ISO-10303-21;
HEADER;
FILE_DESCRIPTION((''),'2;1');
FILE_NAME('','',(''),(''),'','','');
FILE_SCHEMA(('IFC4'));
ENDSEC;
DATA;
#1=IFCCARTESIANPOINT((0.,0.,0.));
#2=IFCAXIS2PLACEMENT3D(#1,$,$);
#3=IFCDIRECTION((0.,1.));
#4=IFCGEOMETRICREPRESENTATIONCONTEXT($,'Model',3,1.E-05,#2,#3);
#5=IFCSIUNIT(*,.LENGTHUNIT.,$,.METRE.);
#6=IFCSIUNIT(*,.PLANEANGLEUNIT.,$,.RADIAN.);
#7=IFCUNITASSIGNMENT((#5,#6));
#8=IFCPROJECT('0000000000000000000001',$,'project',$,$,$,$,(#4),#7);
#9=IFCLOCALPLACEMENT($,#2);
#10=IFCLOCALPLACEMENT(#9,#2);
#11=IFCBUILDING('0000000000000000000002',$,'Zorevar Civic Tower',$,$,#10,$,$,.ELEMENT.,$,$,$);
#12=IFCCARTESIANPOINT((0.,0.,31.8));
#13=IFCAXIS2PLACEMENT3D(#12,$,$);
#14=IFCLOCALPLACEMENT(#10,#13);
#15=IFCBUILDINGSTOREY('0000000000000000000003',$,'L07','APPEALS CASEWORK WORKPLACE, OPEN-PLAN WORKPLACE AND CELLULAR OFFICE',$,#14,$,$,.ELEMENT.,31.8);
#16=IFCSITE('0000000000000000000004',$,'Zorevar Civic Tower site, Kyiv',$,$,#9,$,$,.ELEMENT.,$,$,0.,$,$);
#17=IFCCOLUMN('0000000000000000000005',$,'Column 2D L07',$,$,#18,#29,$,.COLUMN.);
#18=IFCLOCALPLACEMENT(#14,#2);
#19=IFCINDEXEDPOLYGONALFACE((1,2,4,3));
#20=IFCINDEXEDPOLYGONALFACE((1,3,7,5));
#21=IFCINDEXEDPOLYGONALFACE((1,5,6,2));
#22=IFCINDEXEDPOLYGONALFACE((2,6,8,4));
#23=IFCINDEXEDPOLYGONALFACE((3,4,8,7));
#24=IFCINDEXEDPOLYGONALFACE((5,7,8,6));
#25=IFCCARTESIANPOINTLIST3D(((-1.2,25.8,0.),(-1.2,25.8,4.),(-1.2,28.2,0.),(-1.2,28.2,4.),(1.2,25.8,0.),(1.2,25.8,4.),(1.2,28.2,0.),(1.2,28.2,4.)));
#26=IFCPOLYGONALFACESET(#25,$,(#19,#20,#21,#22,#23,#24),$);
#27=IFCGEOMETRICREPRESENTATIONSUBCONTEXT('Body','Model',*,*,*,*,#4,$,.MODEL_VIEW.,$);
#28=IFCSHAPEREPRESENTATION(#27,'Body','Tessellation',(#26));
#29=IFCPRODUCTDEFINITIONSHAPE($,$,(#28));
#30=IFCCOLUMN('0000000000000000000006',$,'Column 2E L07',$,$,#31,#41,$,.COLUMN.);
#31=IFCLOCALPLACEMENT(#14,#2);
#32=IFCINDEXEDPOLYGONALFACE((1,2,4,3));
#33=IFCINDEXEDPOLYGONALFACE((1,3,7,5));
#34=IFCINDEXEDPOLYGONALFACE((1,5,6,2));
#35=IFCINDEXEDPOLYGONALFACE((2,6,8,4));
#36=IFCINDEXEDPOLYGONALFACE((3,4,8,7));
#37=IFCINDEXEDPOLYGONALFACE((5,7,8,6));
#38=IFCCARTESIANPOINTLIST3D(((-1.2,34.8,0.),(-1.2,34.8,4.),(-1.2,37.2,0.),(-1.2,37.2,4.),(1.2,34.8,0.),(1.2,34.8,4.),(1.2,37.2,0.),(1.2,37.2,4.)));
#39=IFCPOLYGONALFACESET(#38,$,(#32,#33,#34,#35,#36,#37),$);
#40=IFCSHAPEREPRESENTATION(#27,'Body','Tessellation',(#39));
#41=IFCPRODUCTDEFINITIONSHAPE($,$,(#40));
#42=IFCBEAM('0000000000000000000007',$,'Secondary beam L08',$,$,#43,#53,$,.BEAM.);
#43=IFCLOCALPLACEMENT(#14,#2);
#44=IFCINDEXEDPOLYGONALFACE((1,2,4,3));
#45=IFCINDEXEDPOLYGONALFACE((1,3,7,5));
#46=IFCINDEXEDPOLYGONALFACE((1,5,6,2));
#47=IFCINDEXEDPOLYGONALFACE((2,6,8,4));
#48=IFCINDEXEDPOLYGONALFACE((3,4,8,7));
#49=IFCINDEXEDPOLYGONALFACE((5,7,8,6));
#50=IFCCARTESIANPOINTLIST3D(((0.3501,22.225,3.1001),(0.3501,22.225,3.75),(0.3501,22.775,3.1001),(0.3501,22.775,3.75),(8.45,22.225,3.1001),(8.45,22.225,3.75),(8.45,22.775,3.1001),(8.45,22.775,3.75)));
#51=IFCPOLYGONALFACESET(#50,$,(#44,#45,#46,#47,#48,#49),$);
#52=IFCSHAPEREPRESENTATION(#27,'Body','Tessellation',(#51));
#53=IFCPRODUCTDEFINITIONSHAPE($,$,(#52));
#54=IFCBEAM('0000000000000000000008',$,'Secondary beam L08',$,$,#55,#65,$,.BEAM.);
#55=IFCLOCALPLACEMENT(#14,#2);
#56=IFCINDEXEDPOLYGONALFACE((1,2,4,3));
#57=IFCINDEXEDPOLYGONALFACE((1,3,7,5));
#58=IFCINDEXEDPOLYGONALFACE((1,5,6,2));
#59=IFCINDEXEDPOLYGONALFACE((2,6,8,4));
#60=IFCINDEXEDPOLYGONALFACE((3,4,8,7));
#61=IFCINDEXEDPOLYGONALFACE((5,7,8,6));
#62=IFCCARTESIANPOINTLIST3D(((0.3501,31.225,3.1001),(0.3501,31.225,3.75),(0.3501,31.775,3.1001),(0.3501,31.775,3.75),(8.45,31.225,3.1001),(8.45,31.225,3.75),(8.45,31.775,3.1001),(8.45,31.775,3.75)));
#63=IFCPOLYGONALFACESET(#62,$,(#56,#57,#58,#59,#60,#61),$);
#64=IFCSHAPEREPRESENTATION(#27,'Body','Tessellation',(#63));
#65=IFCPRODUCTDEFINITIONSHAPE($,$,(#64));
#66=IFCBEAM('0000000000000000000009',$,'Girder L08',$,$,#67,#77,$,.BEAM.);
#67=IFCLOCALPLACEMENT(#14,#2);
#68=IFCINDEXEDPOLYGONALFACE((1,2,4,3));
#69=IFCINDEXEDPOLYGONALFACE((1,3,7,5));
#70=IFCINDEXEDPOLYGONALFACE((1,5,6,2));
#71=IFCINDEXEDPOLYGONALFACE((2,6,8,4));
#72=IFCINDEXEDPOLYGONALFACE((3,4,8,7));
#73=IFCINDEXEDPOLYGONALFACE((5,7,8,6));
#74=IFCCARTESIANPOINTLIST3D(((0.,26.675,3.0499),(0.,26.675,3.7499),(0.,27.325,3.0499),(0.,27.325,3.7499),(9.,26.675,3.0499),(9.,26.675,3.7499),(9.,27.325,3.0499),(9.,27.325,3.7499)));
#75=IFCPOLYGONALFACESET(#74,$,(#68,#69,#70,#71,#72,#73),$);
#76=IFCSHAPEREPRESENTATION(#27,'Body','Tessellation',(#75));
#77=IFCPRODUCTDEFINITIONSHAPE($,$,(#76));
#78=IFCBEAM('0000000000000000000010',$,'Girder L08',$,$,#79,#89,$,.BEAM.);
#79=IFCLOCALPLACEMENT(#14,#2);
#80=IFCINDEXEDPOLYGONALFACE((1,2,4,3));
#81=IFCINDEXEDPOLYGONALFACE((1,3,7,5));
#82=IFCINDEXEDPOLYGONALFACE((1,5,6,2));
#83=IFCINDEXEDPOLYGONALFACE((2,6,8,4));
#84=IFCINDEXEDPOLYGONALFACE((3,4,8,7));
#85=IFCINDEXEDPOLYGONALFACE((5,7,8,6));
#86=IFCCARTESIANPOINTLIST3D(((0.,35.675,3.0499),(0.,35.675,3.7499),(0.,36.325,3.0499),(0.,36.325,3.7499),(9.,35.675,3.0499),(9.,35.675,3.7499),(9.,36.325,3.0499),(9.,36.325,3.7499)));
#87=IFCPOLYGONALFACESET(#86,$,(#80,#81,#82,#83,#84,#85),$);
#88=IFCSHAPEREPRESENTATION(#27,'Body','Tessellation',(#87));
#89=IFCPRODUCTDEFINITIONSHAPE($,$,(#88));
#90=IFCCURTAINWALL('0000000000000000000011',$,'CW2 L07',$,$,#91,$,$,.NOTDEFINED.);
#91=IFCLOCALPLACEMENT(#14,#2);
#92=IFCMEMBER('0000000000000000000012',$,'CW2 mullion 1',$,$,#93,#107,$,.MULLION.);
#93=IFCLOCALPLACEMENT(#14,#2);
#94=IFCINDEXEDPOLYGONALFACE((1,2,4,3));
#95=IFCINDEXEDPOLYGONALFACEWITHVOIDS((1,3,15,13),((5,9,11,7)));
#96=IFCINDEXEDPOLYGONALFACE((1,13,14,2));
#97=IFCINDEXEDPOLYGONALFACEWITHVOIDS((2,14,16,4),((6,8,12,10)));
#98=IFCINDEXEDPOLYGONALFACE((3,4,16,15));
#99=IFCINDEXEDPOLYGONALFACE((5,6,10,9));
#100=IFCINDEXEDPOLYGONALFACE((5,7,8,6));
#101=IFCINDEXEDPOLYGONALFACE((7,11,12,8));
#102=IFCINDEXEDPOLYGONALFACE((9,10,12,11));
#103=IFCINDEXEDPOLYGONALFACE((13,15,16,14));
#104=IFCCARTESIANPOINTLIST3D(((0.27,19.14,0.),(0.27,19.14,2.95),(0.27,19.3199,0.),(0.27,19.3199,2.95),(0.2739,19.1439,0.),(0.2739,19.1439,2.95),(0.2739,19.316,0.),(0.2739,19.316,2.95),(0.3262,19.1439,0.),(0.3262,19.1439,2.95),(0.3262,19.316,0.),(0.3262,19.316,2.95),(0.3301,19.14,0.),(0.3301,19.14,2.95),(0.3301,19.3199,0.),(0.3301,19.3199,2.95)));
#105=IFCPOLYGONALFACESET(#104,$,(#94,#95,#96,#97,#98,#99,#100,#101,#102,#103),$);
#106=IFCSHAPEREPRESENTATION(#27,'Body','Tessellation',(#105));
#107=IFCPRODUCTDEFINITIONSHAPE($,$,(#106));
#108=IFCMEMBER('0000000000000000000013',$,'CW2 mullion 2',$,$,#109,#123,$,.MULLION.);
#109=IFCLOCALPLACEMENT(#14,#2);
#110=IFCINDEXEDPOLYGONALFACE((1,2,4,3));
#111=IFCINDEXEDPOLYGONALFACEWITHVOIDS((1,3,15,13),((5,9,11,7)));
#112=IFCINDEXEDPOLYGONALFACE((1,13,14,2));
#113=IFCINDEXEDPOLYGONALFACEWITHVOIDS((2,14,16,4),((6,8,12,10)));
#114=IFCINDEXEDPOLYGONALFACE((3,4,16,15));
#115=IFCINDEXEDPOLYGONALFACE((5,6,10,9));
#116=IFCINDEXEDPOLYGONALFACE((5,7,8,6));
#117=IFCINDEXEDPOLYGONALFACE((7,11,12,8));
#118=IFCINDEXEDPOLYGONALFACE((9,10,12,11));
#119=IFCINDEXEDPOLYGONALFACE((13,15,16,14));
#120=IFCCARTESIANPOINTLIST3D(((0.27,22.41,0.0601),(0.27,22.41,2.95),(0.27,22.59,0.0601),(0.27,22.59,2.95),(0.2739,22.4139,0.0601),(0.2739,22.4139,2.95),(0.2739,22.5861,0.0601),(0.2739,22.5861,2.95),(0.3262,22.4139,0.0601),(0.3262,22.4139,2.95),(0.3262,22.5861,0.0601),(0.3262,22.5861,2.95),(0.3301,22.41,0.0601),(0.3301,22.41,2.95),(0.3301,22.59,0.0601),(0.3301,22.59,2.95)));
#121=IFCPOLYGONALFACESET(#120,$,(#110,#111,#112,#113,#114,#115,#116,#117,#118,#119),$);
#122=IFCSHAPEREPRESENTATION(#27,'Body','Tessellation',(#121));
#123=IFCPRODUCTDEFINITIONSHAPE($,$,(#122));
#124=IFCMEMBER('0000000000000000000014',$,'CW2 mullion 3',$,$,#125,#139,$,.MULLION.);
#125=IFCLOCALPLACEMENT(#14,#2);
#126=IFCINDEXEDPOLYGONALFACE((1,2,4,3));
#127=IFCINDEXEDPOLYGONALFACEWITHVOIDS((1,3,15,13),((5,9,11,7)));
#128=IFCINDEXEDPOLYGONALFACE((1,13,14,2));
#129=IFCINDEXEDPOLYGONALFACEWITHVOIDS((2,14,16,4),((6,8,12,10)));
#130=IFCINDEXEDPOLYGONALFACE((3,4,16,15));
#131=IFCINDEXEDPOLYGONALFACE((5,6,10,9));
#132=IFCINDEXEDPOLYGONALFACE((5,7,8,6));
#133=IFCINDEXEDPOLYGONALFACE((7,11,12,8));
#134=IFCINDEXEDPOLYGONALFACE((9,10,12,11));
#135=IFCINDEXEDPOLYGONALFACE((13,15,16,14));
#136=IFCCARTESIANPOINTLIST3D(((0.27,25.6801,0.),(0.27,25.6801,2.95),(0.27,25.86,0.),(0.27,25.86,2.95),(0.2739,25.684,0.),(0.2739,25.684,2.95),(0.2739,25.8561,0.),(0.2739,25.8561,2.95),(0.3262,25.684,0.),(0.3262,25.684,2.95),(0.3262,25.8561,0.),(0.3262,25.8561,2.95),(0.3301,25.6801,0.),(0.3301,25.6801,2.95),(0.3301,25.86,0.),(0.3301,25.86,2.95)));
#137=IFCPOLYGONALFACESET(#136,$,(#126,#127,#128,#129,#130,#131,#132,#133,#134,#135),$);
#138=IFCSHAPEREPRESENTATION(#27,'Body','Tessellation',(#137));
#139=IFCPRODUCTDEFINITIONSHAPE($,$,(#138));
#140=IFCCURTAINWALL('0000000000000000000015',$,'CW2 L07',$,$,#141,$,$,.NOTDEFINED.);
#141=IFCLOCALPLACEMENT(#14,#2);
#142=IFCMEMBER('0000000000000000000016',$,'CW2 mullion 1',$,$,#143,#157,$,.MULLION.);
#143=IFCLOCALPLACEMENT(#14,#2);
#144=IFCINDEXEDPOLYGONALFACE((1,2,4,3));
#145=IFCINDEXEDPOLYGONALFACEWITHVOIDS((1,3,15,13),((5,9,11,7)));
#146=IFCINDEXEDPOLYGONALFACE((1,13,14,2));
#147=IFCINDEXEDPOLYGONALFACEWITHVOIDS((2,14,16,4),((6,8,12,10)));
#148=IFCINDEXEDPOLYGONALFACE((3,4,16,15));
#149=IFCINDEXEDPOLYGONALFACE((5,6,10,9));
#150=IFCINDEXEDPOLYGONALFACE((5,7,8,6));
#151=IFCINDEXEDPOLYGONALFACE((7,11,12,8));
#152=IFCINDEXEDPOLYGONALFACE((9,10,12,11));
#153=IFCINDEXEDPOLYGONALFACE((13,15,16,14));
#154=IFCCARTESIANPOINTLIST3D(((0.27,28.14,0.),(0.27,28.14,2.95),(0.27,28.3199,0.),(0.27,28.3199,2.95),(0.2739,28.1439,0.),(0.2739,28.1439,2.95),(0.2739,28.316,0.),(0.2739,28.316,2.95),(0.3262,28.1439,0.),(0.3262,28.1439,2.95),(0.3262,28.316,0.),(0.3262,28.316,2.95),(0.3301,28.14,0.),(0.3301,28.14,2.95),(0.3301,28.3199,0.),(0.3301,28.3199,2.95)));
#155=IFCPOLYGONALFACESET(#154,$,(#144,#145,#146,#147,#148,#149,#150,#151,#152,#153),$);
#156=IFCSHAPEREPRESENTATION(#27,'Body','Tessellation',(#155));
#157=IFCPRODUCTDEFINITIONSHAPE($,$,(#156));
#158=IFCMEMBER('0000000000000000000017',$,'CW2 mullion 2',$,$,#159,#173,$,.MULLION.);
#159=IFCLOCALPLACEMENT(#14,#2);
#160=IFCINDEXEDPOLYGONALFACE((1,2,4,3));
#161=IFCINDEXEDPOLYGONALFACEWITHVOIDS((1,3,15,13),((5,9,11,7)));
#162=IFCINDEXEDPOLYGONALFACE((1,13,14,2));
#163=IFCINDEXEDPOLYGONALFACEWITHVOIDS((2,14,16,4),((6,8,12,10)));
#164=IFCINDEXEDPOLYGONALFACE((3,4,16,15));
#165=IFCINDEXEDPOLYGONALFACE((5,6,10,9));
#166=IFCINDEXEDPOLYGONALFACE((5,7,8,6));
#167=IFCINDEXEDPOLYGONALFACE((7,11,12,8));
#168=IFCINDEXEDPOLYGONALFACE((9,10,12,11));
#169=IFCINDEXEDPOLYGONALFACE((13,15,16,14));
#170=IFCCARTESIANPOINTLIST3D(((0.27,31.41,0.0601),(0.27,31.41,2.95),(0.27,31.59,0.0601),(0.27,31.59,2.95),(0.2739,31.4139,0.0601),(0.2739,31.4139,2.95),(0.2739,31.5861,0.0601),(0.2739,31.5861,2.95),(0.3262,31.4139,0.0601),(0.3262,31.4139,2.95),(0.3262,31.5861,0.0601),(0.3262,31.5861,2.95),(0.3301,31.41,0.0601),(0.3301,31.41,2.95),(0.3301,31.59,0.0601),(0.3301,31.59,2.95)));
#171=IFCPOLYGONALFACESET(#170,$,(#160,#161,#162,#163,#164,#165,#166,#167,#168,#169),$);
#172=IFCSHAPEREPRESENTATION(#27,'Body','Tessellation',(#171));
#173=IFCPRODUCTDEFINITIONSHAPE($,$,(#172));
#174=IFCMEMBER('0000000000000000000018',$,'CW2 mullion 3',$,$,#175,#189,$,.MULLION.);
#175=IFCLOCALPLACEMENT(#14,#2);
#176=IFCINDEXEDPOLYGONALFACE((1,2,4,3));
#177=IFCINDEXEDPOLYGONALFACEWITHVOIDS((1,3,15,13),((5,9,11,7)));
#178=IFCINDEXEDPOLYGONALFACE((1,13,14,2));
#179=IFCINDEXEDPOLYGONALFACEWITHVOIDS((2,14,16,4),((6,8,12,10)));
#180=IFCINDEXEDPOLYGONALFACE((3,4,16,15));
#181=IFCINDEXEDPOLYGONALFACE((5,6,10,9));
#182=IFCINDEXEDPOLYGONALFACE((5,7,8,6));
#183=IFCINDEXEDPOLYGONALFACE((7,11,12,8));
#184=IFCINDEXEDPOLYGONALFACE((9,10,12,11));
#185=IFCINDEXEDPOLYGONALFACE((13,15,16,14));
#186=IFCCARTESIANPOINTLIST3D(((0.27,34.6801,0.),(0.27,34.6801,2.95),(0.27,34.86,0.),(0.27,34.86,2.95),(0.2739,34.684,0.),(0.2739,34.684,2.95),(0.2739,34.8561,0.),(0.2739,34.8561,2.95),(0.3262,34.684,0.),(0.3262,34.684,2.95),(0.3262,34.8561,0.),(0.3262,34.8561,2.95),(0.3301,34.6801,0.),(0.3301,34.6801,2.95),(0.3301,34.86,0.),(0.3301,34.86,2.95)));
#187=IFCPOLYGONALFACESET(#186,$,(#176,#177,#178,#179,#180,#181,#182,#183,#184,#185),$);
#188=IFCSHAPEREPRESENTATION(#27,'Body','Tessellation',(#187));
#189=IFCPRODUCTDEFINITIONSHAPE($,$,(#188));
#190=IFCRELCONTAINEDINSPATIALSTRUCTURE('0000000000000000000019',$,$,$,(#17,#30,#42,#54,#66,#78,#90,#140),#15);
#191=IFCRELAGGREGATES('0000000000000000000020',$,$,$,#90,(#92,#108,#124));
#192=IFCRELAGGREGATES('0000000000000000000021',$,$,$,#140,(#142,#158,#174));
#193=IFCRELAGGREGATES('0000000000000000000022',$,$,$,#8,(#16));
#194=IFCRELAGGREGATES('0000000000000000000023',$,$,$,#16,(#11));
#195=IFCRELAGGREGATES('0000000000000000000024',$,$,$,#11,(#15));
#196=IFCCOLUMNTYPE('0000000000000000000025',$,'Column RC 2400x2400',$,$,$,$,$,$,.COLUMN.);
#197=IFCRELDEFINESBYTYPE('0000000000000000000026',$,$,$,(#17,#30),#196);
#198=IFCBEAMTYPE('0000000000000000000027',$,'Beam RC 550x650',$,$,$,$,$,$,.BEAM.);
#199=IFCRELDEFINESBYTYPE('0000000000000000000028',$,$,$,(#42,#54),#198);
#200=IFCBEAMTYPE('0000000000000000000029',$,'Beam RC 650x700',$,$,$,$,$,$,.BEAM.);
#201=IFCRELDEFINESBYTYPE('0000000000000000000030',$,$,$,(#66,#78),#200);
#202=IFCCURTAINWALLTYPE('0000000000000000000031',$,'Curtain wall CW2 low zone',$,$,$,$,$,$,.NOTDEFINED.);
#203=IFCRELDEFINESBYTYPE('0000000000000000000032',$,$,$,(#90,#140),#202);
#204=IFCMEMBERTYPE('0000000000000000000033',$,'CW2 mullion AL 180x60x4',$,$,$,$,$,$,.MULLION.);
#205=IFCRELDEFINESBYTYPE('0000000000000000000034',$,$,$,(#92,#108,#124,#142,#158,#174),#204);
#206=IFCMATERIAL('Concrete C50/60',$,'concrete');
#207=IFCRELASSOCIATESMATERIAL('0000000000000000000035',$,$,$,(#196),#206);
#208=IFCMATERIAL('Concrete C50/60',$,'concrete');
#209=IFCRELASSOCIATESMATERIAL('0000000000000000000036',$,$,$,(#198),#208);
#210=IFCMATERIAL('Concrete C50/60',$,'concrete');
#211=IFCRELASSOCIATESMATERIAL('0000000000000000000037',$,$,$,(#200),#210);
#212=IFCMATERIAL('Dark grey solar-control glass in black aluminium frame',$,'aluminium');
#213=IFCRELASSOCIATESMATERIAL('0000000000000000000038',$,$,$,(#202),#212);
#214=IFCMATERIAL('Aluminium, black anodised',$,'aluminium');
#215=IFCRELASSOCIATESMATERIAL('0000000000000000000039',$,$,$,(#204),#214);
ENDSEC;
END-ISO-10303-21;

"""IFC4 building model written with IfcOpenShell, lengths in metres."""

from ifc_helpers import new_model, si_unit, direction, frame, origin, origin_2d, place, context, subcontext, project, spatial, rectangle, hollow_rectangle, extrude, material, material_profile, profile_set, type_object, element, aggregate, save


model = new_model("IFC4")

# Units and contexts
model_context = context("Model", 3, precision=1e-05, world=origin(), true_north=direction((0.0, 1.0)))
body_context = subcontext(model_context, "Body", "Model", "MODEL_VIEW")
ifc_project = project(units=[si_unit("LENGTHUNIT", "METRE"), si_unit("PLANEANGLEUNIT", "RADIAN")], contexts=[model_context])

# Site, building, storey
site_placement = place(None, origin())
site = spatial("IfcSite", under=ifc_project, at=site_placement, Name="Zorevar Civic Tower site, Kyiv", CompositionType="ELEMENT", RefElevation=0.0)
building_placement = place(site_placement, origin())
building = spatial("IfcBuilding", under=site, at=building_placement, Name="Zorevar Civic Tower", CompositionType="ELEMENT")
storey_placement = place(building_placement, frame((0.0, 0.0, 31.8)))
storey = spatial("IfcBuildingStorey", under=building, at=storey_placement, Name="L07", Description="APPEALS CASEWORK WORKPLACE, OPEN-PLAN WORKPLACE AND CELLULAR OFFICE", CompositionType="ELEMENT", Elevation=31.8)

# Columns
ifc_material_1 = material(Name="Concrete C50/60", Category="concrete")
ifc_material_profile_1 = material_profile(ifc_material_1, rectangle(XDim=2.3999, YDim=2.3999, at=origin_2d()), Name="RC 2400x2400")
ifc_profile_set_1 = profile_set([ifc_material_profile_1], Name="Concrete C50/60")
column_type = type_object("IfcColumnType", Name="Column RC 2400x2400", PredefinedType="COLUMN", material=ifc_profile_set_1)
for number, where, z_axis, x_axis, name in (
    (1, (0.0, 27.0, 0.0), (0.0, 0.0, 1.0), (1.0, 0.0, 0.0), "Column 2D L07"),
    (2, (0.0, 36.0, 0.0), (0.0, 0.0, 1.0), (1.0, 0.0, 0.0), "Column 2E L07"),
):
    element("IfcColumn", number, at=place(storey_placement, frame(where, z_axis=z_axis, x_axis=x_axis)), inside=storey, type_object=column_type, Name=name, PredefinedType="COLUMN", context=body_context, shape_type="SweptSolid", body=[
        extrude(rectangle(XDim=2.3999, YDim=2.3999, at=origin_2d()), origin(), (0.0, 0.0, 1.0), 4.0),
    ])

# Beams
ifc_material_2 = material(Name="Concrete C50/60", Category="concrete")
ifc_material_profile_2 = material_profile(ifc_material_2, rectangle(XDim=0.55, YDim=0.6499, at=origin_2d()), Name="RC 550x650")
ifc_profile_set_2 = profile_set([ifc_material_profile_2], Name="Concrete C50/60")
beam_type_1 = type_object("IfcBeamType", Name="Beam RC 550x650", PredefinedType="BEAM", material=ifc_profile_set_2)
for number, where, z_axis, x_axis, name in (
    (3, (0.3501, 22.5, 3.425), (1.0, 0.0, 0.0), (0.0, 1.0, 0.0), "Secondary beam L08"),
    (4, (0.3501, 31.5, 3.425), (1.0, 0.0, 0.0), (0.0, 1.0, 0.0), "Secondary beam L08"),
):
    element("IfcBeam", number, at=place(storey_placement, frame(where, z_axis=z_axis, x_axis=x_axis)), inside=storey, type_object=beam_type_1, Name=name, PredefinedType="BEAM", context=body_context, shape_type="SweptSolid", body=[
        extrude(rectangle(XDim=0.55, YDim=0.6499, at=origin_2d()), origin(), (0.0, 0.0, 1.0), 8.0999),
    ])
ifc_material_3 = material(Name="Concrete C50/60", Category="concrete")
ifc_material_profile_3 = material_profile(ifc_material_3, rectangle(XDim=0.6499, YDim=0.7, at=origin_2d()), Name="RC 650x700")
ifc_profile_set_3 = profile_set([ifc_material_profile_3], Name="Concrete C50/60")
beam_type_2 = type_object("IfcBeamType", Name="Beam RC 650x700", PredefinedType="BEAM", material=ifc_profile_set_3)
for number, where, z_axis, x_axis, name in (
    (5, (0.0, 27.0, 3.3999), (1.0, 0.0, 0.0), (0.0, 1.0, 0.0), "Girder L08"),
    (6, (0.0, 36.0, 3.3999), (1.0, 0.0, 0.0), (0.0, 1.0, 0.0), "Girder L08"),
):
    element("IfcBeam", number, at=place(storey_placement, frame(where, z_axis=z_axis, x_axis=x_axis)), inside=storey, type_object=beam_type_2, Name=name, PredefinedType="BEAM", context=body_context, shape_type="SweptSolid", body=[
        extrude(rectangle(XDim=0.6499, YDim=0.7, at=origin_2d()), origin(), (0.0, 0.0, 1.0), 9.0),
    ])

# Curtain walls, members
ifc_material_4 = material(Name="Dark grey solar-control glass in black aluminium frame", Category="aluminium")
curtain_wall_type = type_object("IfcCurtainWallType", Name="Curtain wall CW2 low zone", PredefinedType="NOTDEFINED", material=ifc_material_4)
curtain_wall_1_placement = place(storey_placement, origin())
curtain_wall_1 = element("IfcCurtainWall", 7, at=curtain_wall_1_placement, inside=storey, type_object=curtain_wall_type, Name="CW2 L07", PredefinedType="NOTDEFINED")
ifc_material_5 = material(Name="Aluminium, black anodised", Category="aluminium")
ifc_material_profile_4 = material_profile(ifc_material_5, hollow_rectangle(XDim=0.0601, YDim=0.1799, WallThickness=0.0039, at=origin_2d()), Name="AL 180x60x4")
ifc_profile_set_4 = profile_set([ifc_material_profile_4], Name="Aluminium, black anodised")
member_type_1 = type_object("IfcMemberType", Name="CW2 mullion AL 180x60x4", PredefinedType="MULLION", material=ifc_profile_set_4)
member_1_placement = place(storey_placement, frame((0.3, 19.23, 0.0), z_axis=(0.0, 0.0, 1.0), x_axis=(-1.0, 0.0, 0.0)))
member_1 = element("IfcMember", 8, at=member_1_placement, type_object=member_type_1, Name="CW2 mullion 1", PredefinedType="MULLION", context=body_context, shape_type="SweptSolid", body=[
    extrude(hollow_rectangle(XDim=0.0601, YDim=0.1799, WallThickness=0.0039, at=origin_2d()), origin(), (0.0, 0.0, 1.0), 2.95),
])
member_2_placement = place(storey_placement, frame((0.3, 22.5, 0.0601), z_axis=(0.0, 0.0, 1.0), x_axis=(-1.0, 0.0, 0.0)))
member_2 = element("IfcMember", 9, at=member_2_placement, type_object=member_type_1, Name="CW2 mullion 2", PredefinedType="MULLION", context=body_context, shape_type="SweptSolid", body=[
    extrude(hollow_rectangle(XDim=0.0601, YDim=0.1799, WallThickness=0.0039, at=origin_2d()), origin(), (0.0, 0.0, 1.0), 2.8899),
])
member_3_placement = place(storey_placement, frame((0.3, 25.77, 0.0), z_axis=(0.0, 0.0, 1.0), x_axis=(-1.0, 0.0, 0.0)))
member_3 = element("IfcMember", 10, at=member_3_placement, type_object=member_type_1, Name="CW2 mullion 3", PredefinedType="MULLION", context=body_context, shape_type="SweptSolid", body=[
    extrude(hollow_rectangle(XDim=0.0601, YDim=0.1799, WallThickness=0.0039, at=origin_2d()), origin(), (0.0, 0.0, 1.0), 2.95),
])
curtain_wall_2_placement = place(storey_placement, origin())
curtain_wall_2 = element("IfcCurtainWall", 11, at=curtain_wall_2_placement, inside=storey, type_object=curtain_wall_type, Name="CW2 L07", PredefinedType="NOTDEFINED")
member_4_placement = place(storey_placement, frame((0.3, 28.23, 0.0), z_axis=(0.0, 0.0, 1.0), x_axis=(-1.0, 0.0, 0.0)))
member_4 = element("IfcMember", 12, at=member_4_placement, type_object=member_type_1, Name="CW2 mullion 1", PredefinedType="MULLION", context=body_context, shape_type="SweptSolid", body=[
    extrude(hollow_rectangle(XDim=0.0601, YDim=0.1799, WallThickness=0.0039, at=origin_2d()), origin(), (0.0, 0.0, 1.0), 2.95),
])
member_5_placement = place(storey_placement, frame((0.3, 31.5, 0.0601), z_axis=(0.0, 0.0, 1.0), x_axis=(-1.0, 0.0, 0.0)))
member_5 = element("IfcMember", 13, at=member_5_placement, type_object=member_type_1, Name="CW2 mullion 2", PredefinedType="MULLION", context=body_context, shape_type="SweptSolid", body=[
    extrude(hollow_rectangle(XDim=0.0601, YDim=0.1799, WallThickness=0.0039, at=origin_2d()), origin(), (0.0, 0.0, 1.0), 2.8899),
])
member_6_placement = place(storey_placement, frame((0.3, 34.77, 0.0), z_axis=(0.0, 0.0, 1.0), x_axis=(-1.0, 0.0, 0.0)))
member_6 = element("IfcMember", 14, at=member_6_placement, type_object=member_type_1, Name="CW2 mullion 3", PredefinedType="MULLION", context=body_context, shape_type="SweptSolid", body=[
    extrude(hollow_rectangle(XDim=0.0601, YDim=0.1799, WallThickness=0.0039, at=origin_2d()), origin(), (0.0, 0.0, 1.0), 2.95),
])

aggregate(curtain_wall_1, [member_1, member_2, member_3])
aggregate(curtain_wall_2, [member_4, member_5, member_6])

save(model, "model.ifc")
